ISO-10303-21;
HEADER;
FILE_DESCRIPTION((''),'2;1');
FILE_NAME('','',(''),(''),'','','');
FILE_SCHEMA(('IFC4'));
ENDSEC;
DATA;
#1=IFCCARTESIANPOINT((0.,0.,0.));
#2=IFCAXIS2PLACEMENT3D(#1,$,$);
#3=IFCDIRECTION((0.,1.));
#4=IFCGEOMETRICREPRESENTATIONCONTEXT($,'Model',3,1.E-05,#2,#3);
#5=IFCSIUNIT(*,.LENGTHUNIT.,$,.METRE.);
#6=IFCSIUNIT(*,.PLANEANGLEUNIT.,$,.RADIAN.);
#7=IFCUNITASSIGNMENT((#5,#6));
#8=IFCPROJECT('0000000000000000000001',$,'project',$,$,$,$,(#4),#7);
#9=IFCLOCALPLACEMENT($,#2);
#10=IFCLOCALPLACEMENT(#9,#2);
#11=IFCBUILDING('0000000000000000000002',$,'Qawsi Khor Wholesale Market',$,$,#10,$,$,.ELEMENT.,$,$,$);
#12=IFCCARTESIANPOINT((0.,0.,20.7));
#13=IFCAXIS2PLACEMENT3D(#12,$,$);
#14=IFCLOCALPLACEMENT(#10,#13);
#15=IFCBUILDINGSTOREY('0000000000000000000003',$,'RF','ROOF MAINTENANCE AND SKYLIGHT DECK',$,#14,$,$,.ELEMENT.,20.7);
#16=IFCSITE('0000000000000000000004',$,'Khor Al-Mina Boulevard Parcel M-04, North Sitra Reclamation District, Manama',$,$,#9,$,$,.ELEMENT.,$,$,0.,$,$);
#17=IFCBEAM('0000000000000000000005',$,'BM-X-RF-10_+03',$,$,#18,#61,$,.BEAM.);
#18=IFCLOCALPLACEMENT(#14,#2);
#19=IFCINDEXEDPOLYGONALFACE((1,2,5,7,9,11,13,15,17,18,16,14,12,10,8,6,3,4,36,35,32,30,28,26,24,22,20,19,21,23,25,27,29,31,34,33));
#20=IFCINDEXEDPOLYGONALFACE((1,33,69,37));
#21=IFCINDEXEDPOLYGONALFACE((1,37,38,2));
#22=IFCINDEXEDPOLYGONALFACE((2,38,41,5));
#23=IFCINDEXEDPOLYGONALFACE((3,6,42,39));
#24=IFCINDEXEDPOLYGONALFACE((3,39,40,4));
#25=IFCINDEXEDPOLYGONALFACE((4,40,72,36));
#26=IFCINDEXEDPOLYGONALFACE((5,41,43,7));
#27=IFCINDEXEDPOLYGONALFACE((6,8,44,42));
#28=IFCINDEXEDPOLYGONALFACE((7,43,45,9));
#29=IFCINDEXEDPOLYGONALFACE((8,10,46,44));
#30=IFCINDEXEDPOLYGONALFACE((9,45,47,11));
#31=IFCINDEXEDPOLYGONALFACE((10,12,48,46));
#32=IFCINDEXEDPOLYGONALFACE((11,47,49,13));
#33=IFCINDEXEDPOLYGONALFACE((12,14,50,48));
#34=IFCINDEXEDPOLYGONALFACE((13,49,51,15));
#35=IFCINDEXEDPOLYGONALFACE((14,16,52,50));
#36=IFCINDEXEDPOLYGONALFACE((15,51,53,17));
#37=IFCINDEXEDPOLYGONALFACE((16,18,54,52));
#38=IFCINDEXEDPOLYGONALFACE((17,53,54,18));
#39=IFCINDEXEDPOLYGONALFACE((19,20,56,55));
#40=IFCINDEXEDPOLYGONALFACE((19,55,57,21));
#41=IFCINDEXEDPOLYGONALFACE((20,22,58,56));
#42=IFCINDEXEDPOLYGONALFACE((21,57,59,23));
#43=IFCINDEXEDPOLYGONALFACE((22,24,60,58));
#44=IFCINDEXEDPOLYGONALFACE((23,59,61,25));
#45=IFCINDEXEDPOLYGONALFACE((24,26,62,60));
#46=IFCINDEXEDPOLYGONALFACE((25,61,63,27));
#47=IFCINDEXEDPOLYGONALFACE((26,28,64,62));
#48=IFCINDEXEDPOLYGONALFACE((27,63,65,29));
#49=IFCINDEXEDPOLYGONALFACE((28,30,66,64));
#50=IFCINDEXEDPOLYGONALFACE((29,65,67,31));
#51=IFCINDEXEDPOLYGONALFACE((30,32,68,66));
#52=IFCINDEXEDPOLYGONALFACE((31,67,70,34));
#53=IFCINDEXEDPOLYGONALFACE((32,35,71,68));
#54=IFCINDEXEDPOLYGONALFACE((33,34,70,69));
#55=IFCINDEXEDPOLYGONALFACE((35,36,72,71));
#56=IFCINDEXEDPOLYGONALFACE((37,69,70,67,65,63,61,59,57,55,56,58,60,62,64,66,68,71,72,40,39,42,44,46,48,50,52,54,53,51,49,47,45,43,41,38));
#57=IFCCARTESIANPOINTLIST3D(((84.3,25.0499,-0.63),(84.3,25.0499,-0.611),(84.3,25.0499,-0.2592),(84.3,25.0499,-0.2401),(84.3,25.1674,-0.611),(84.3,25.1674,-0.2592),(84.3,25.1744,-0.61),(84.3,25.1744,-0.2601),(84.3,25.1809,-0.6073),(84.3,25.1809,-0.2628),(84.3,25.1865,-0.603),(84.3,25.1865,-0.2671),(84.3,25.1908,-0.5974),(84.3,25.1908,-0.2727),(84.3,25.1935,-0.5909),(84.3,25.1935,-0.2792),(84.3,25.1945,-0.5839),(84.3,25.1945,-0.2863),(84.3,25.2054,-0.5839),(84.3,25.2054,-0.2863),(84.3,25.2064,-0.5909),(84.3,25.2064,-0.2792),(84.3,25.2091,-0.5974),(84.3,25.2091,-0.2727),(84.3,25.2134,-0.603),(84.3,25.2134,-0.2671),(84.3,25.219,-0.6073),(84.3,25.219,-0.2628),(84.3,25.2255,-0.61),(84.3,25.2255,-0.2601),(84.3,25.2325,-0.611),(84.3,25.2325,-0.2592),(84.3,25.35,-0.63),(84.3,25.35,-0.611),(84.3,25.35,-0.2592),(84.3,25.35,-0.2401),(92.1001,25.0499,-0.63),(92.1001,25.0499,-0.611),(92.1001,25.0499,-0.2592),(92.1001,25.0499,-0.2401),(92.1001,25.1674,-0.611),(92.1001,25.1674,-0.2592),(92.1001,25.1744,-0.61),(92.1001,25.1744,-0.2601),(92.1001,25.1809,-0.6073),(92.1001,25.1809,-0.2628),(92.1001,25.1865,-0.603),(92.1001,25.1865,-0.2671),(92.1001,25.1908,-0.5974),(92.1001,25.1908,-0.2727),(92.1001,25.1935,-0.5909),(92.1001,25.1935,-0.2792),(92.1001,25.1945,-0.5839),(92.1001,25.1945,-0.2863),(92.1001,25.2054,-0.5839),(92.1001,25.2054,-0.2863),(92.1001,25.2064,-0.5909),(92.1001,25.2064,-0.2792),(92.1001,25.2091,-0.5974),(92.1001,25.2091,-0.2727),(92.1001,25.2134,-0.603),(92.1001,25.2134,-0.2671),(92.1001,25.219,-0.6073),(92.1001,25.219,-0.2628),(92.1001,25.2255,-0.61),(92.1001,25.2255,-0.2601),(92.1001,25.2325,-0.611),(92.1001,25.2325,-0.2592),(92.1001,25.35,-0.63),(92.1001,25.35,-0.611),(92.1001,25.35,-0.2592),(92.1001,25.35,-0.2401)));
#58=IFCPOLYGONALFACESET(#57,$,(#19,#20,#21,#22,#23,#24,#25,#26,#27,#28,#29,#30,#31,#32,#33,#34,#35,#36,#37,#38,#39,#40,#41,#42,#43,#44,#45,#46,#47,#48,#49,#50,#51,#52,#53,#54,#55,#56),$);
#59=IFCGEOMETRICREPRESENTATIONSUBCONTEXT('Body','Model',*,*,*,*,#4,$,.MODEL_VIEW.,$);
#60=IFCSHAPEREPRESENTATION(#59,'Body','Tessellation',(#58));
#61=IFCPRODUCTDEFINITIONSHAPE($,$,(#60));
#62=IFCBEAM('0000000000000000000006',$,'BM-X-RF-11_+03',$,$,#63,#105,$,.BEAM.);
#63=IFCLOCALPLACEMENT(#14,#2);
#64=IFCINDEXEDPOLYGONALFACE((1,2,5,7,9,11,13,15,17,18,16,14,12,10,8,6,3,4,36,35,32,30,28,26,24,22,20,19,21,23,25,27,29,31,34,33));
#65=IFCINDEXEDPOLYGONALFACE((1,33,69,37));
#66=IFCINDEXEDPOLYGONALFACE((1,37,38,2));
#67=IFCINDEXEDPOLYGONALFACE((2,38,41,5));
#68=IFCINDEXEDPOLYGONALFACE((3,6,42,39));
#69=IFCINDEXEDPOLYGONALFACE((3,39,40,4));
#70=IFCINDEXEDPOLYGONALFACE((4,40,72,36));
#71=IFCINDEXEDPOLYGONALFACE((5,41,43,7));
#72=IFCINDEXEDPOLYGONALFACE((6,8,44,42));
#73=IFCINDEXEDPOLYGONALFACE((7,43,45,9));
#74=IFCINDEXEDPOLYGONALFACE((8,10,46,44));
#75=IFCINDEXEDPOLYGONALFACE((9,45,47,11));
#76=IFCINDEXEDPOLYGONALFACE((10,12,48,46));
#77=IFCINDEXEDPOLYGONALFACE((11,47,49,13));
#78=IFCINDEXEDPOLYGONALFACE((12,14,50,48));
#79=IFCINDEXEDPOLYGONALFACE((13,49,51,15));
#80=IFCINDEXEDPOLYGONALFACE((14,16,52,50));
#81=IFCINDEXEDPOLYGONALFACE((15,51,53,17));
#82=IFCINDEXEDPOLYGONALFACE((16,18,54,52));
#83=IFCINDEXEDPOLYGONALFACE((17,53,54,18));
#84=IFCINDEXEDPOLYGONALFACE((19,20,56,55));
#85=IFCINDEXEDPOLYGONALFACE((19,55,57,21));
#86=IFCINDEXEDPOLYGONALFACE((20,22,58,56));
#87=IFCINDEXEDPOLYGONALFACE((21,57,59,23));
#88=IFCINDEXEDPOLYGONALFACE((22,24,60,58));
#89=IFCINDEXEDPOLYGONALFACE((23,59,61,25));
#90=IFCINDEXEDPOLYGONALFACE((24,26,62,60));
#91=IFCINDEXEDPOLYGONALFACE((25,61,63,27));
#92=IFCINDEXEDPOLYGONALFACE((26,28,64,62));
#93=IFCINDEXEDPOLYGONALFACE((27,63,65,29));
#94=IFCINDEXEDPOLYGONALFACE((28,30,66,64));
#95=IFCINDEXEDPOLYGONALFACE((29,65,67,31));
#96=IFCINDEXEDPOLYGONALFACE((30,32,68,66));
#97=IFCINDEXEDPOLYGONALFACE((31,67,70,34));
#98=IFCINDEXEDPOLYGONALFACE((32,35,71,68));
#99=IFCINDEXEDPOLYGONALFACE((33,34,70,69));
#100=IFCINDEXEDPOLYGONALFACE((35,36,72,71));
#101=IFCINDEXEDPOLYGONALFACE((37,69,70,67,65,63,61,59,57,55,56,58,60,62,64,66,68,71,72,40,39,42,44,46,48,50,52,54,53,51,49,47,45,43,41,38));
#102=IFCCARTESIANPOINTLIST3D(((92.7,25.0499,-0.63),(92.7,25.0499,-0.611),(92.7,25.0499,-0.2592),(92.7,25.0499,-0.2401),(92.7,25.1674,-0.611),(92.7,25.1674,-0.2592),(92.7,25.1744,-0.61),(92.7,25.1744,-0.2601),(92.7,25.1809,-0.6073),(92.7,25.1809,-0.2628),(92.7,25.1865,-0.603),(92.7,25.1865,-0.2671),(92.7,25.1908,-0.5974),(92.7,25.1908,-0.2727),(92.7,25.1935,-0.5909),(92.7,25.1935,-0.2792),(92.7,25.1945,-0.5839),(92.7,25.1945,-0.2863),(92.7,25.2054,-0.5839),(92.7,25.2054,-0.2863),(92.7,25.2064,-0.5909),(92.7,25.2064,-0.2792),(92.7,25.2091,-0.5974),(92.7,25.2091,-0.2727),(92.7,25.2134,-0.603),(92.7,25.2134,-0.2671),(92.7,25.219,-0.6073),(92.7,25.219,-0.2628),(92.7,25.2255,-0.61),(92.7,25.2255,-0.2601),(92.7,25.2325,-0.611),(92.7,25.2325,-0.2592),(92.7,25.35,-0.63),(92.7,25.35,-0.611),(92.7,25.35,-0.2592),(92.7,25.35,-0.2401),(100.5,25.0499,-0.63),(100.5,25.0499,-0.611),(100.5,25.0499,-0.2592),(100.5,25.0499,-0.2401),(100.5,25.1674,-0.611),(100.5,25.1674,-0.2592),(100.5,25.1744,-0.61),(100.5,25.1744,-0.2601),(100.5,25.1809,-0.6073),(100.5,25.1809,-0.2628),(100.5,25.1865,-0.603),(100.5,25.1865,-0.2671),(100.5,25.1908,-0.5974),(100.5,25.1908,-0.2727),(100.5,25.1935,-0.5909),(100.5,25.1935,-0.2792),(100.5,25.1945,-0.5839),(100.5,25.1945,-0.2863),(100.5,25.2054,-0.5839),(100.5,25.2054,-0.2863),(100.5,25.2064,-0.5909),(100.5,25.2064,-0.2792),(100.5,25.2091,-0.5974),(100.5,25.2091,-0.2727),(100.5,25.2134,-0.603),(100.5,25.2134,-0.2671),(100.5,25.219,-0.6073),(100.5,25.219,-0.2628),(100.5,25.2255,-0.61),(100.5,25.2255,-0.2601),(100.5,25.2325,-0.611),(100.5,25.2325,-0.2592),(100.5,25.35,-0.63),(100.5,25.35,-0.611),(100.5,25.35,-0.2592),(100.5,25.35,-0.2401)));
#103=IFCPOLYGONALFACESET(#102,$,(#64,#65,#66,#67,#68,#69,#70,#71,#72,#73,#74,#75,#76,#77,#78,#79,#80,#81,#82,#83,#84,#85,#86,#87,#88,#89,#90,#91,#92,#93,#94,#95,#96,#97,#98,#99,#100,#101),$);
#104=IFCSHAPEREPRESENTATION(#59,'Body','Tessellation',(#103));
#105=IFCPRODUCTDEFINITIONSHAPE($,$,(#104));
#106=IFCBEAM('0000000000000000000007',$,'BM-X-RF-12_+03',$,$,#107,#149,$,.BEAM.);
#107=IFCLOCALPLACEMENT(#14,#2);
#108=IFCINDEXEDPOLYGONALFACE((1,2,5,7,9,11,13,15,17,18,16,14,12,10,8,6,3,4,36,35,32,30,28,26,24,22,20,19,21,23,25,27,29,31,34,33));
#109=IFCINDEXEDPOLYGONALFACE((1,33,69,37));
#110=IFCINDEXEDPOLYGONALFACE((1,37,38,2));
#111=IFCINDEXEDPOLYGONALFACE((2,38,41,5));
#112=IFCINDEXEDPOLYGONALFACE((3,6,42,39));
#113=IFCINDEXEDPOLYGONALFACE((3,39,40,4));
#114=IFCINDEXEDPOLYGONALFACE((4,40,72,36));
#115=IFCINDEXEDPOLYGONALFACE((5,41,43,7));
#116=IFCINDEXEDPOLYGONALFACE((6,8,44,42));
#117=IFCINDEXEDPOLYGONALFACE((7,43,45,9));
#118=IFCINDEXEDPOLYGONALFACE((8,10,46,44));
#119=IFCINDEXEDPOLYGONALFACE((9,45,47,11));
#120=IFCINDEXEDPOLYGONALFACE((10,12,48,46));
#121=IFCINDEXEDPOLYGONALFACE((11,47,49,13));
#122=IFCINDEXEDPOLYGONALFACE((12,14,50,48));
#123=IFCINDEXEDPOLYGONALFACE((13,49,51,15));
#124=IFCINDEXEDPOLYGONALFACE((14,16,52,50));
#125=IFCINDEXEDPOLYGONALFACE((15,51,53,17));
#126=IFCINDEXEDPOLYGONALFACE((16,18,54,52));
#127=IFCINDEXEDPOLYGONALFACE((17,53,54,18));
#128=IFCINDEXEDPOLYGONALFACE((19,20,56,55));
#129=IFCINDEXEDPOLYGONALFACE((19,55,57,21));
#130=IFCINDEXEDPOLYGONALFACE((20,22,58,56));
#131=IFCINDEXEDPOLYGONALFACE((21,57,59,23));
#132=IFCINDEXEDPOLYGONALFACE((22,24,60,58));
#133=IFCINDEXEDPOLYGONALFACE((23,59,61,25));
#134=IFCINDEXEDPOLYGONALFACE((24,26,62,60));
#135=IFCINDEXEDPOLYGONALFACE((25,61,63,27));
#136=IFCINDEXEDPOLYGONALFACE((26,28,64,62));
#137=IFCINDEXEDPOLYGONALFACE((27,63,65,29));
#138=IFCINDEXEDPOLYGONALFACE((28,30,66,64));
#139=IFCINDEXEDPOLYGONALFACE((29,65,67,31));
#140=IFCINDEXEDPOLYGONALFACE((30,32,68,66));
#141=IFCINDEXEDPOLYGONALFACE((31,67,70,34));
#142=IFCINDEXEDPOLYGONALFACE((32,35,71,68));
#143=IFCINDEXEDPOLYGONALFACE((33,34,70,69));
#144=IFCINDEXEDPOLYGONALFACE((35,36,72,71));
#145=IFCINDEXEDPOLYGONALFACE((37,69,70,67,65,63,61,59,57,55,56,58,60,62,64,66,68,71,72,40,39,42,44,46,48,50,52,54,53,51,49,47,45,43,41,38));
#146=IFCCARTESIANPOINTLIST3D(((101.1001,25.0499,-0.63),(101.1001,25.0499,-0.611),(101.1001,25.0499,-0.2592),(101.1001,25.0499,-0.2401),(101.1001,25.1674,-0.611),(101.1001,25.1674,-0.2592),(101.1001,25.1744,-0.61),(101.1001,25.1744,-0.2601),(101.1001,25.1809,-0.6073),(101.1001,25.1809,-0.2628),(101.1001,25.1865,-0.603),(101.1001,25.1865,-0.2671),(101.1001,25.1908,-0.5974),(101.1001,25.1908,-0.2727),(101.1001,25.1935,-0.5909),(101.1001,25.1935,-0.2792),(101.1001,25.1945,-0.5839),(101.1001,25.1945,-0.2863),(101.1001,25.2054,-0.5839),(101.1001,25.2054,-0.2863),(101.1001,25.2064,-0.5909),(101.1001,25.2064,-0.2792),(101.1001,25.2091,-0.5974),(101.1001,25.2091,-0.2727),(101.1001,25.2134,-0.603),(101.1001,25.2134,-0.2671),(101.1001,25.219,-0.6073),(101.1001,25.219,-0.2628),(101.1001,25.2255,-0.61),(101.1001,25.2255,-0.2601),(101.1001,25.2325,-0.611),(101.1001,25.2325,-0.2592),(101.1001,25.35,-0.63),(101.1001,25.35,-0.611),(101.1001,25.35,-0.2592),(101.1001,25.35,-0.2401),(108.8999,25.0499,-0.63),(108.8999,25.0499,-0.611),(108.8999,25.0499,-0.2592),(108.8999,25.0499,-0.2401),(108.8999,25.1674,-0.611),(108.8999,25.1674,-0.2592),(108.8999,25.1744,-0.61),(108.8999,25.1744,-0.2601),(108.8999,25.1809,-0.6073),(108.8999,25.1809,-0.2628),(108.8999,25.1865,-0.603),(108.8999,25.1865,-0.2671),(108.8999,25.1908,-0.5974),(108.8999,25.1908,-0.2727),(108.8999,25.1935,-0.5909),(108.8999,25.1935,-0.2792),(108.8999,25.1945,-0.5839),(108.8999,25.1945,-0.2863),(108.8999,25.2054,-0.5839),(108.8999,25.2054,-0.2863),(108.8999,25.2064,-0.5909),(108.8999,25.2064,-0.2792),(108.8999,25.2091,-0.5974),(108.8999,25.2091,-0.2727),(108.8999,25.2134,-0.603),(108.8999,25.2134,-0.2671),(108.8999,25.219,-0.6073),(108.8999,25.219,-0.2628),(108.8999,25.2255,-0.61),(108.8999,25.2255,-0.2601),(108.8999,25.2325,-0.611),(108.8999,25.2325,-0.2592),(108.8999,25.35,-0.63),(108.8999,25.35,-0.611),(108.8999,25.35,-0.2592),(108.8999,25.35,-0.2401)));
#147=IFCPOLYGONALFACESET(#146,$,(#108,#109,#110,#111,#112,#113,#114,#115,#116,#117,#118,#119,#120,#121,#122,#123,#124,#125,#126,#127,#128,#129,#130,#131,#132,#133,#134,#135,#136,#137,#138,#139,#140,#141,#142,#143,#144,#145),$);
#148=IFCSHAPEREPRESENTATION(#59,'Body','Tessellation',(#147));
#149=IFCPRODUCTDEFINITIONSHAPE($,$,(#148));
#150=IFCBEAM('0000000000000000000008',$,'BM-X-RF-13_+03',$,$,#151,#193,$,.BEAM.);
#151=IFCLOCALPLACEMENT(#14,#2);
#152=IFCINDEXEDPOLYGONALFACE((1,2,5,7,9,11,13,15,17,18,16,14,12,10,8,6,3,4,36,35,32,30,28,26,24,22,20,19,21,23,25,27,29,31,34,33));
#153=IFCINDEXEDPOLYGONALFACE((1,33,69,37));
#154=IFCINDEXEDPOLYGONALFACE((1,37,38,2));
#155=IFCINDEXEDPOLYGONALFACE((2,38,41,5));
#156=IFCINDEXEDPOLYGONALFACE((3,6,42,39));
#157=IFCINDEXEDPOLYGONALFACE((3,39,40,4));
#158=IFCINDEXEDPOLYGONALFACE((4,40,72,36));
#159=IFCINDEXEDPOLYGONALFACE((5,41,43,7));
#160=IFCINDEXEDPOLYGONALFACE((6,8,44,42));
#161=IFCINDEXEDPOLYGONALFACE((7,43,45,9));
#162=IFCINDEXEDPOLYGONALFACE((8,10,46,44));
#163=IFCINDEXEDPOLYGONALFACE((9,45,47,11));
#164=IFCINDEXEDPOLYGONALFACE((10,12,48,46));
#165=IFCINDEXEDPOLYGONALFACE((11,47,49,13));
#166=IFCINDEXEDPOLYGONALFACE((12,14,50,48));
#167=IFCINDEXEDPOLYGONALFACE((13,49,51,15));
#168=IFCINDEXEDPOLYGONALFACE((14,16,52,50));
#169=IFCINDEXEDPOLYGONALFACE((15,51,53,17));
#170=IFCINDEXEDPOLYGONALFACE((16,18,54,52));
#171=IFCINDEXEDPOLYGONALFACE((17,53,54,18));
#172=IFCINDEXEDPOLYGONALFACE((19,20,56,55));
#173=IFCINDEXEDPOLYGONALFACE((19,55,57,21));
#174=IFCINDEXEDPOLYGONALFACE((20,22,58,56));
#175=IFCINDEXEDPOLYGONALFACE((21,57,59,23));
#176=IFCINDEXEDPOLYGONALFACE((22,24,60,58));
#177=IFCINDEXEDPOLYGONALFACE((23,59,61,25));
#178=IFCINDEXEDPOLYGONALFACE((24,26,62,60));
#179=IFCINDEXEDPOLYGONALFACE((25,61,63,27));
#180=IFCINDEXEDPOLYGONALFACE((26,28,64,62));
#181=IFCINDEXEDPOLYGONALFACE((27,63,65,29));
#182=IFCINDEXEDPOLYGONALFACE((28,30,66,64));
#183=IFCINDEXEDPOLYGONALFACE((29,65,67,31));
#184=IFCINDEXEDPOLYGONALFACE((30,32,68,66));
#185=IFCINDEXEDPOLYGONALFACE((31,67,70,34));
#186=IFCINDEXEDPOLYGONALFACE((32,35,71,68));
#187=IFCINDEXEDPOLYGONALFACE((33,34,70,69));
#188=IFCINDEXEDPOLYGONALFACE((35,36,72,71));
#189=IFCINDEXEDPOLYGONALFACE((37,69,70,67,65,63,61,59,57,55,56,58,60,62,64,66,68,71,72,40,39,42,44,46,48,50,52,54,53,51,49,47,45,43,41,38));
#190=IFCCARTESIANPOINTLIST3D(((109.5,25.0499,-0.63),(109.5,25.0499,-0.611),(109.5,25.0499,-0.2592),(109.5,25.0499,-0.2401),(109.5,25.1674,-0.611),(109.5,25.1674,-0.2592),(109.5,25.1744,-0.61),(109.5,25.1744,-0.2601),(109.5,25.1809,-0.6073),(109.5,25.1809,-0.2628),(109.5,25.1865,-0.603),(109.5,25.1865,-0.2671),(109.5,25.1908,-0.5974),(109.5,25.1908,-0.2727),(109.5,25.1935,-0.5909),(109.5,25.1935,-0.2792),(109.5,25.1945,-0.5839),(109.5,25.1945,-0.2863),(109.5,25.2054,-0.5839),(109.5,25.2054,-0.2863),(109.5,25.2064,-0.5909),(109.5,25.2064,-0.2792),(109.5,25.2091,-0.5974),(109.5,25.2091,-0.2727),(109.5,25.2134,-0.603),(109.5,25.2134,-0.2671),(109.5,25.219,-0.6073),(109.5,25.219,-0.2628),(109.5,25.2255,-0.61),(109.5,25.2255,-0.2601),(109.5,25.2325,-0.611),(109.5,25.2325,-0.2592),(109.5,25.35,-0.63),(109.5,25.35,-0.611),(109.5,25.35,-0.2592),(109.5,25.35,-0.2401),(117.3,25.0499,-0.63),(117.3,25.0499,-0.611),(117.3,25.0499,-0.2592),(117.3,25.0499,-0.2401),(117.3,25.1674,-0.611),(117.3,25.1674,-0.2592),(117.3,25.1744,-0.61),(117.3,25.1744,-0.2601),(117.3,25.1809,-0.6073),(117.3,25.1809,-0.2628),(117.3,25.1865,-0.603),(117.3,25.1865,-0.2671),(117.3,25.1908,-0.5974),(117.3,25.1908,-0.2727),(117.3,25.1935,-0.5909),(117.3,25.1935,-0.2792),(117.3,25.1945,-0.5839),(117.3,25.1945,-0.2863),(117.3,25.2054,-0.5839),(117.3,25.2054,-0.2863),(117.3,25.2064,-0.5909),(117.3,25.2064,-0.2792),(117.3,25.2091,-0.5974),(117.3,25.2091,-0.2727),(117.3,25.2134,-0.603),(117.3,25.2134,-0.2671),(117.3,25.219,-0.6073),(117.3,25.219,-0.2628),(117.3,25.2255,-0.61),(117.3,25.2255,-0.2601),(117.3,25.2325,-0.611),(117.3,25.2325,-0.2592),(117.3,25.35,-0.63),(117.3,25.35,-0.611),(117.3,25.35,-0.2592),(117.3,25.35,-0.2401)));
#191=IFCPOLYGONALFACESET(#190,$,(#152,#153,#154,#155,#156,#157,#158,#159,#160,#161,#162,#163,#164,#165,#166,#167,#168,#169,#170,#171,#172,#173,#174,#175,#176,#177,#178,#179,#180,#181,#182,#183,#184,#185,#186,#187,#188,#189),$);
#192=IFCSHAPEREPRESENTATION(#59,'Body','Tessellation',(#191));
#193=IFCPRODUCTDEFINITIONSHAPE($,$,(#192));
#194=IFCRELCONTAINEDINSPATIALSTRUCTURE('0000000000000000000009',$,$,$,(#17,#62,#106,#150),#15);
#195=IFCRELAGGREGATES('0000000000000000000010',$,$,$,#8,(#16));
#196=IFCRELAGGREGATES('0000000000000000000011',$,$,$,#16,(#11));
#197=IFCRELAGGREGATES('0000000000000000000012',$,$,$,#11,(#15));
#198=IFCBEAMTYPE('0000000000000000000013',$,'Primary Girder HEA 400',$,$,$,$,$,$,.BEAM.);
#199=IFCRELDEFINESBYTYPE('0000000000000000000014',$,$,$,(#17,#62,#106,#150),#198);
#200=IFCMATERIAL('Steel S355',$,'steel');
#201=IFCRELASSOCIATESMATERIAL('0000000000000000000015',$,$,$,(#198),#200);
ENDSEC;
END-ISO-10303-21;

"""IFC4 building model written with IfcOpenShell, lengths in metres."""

from ifc_helpers import new_model, si_unit, direction, frame, origin, origin_2d, place, context, subcontext, project, spatial, i_section, extrude, material, material_profile, profile_set, type_object, element, save


model = new_model("IFC4")

# Units and contexts
model_context = context("Model", 3, precision=1e-05, world=origin(), true_north=direction((0.0, 1.0)))
body_context = subcontext(model_context, "Body", "Model", "MODEL_VIEW")
ifc_project = project(units=[si_unit("LENGTHUNIT", "METRE"), si_unit("PLANEANGLEUNIT", "RADIAN")], contexts=[model_context])

# Site, building, storey
site_placement = place(None, origin())
site = spatial("IfcSite", under=ifc_project, at=site_placement, Name="Khor Al-Mina Boulevard Parcel M-04, North Sitra Reclamation District, Manama", CompositionType="ELEMENT", RefElevation=0.0)
building_placement = place(site_placement, origin())
building = spatial("IfcBuilding", under=site, at=building_placement, Name="Qawsi Khor Wholesale Market", CompositionType="ELEMENT")
storey_placement = place(building_placement, frame((0.0, 0.0, 20.7)))
storey = spatial("IfcBuildingStorey", under=building, at=storey_placement, Name="RF", Description="ROOF MAINTENANCE AND SKYLIGHT DECK", CompositionType="ELEMENT", Elevation=20.7)

# Beams
ifc_material_1 = material(Name="Steel S355", Category="steel")
ifc_material_profile_1 = material_profile(ifc_material_1, i_section(OverallWidth=0.3, OverallDepth=0.3899, WebThickness=0.011, FlangeThickness=0.019, FilletRadius=0.0271, at=origin_2d()), Name="HEA 400")
ifc_profile_set_1 = profile_set([ifc_material_profile_1], Name="Steel S355")
beam_type_1 = type_object("IfcBeamType", Name="Primary Girder HEA 400", PredefinedType="BEAM", material=ifc_profile_set_1)
for number, where, z_axis, x_axis, name in (
    (1, (84.3, 25.2, -0.4351), (1.0, 0.0, 0.0), (0.0, 1.0, 0.0), "BM-X-RF-10_+03"),
    (2, (92.7, 25.2, -0.4351), (1.0, 0.0, 0.0), (0.0, 1.0, 0.0), "BM-X-RF-11_+03"),
):
    element("IfcBeam", number, at=place(storey_placement, frame(where, z_axis=z_axis, x_axis=x_axis)), inside=storey, type_object=beam_type_1, Name=name, PredefinedType="BEAM", context=body_context, shape_type="SweptSolid", body=[
        extrude(i_section(OverallWidth=0.3, OverallDepth=0.3899, WebThickness=0.011, FlangeThickness=0.019, FilletRadius=0.0271, at=origin_2d()), origin(), (0.0, 0.0, 1.0), 7.8),
    ])
beam_1_placement = place(storey_placement, frame((101.1001, 25.2, -0.4351), z_axis=(1.0, 0.0, 0.0), x_axis=(0.0, 1.0, 0.0)))
element("IfcBeam", 3, at=beam_1_placement, inside=storey, type_object=beam_type_1, Name="BM-X-RF-12_+03", PredefinedType="BEAM", context=body_context, shape_type="SweptSolid", body=[
    extrude(i_section(OverallWidth=0.3, OverallDepth=0.3899, WebThickness=0.011, FlangeThickness=0.019, FilletRadius=0.0271, at=origin_2d()), origin(), (0.0, 0.0, 1.0), 7.7998),
])
for number, where, z_axis, x_axis, name in (
    (4, (109.5, 25.2, -0.4351), (1.0, 0.0, 0.0), (0.0, 1.0, 0.0), "BM-X-RF-13_+03"),
):
    element("IfcBeam", number, at=place(storey_placement, frame(where, z_axis=z_axis, x_axis=x_axis)), inside=storey, type_object=beam_type_1, Name=name, PredefinedType="BEAM", context=body_context, shape_type="SweptSolid", body=[
        extrude(i_section(OverallWidth=0.3, OverallDepth=0.3899, WebThickness=0.011, FlangeThickness=0.019, FilletRadius=0.0271, at=origin_2d()), origin(), (0.0, 0.0, 1.0), 7.8),
    ])

save(model, "model.ifc")
